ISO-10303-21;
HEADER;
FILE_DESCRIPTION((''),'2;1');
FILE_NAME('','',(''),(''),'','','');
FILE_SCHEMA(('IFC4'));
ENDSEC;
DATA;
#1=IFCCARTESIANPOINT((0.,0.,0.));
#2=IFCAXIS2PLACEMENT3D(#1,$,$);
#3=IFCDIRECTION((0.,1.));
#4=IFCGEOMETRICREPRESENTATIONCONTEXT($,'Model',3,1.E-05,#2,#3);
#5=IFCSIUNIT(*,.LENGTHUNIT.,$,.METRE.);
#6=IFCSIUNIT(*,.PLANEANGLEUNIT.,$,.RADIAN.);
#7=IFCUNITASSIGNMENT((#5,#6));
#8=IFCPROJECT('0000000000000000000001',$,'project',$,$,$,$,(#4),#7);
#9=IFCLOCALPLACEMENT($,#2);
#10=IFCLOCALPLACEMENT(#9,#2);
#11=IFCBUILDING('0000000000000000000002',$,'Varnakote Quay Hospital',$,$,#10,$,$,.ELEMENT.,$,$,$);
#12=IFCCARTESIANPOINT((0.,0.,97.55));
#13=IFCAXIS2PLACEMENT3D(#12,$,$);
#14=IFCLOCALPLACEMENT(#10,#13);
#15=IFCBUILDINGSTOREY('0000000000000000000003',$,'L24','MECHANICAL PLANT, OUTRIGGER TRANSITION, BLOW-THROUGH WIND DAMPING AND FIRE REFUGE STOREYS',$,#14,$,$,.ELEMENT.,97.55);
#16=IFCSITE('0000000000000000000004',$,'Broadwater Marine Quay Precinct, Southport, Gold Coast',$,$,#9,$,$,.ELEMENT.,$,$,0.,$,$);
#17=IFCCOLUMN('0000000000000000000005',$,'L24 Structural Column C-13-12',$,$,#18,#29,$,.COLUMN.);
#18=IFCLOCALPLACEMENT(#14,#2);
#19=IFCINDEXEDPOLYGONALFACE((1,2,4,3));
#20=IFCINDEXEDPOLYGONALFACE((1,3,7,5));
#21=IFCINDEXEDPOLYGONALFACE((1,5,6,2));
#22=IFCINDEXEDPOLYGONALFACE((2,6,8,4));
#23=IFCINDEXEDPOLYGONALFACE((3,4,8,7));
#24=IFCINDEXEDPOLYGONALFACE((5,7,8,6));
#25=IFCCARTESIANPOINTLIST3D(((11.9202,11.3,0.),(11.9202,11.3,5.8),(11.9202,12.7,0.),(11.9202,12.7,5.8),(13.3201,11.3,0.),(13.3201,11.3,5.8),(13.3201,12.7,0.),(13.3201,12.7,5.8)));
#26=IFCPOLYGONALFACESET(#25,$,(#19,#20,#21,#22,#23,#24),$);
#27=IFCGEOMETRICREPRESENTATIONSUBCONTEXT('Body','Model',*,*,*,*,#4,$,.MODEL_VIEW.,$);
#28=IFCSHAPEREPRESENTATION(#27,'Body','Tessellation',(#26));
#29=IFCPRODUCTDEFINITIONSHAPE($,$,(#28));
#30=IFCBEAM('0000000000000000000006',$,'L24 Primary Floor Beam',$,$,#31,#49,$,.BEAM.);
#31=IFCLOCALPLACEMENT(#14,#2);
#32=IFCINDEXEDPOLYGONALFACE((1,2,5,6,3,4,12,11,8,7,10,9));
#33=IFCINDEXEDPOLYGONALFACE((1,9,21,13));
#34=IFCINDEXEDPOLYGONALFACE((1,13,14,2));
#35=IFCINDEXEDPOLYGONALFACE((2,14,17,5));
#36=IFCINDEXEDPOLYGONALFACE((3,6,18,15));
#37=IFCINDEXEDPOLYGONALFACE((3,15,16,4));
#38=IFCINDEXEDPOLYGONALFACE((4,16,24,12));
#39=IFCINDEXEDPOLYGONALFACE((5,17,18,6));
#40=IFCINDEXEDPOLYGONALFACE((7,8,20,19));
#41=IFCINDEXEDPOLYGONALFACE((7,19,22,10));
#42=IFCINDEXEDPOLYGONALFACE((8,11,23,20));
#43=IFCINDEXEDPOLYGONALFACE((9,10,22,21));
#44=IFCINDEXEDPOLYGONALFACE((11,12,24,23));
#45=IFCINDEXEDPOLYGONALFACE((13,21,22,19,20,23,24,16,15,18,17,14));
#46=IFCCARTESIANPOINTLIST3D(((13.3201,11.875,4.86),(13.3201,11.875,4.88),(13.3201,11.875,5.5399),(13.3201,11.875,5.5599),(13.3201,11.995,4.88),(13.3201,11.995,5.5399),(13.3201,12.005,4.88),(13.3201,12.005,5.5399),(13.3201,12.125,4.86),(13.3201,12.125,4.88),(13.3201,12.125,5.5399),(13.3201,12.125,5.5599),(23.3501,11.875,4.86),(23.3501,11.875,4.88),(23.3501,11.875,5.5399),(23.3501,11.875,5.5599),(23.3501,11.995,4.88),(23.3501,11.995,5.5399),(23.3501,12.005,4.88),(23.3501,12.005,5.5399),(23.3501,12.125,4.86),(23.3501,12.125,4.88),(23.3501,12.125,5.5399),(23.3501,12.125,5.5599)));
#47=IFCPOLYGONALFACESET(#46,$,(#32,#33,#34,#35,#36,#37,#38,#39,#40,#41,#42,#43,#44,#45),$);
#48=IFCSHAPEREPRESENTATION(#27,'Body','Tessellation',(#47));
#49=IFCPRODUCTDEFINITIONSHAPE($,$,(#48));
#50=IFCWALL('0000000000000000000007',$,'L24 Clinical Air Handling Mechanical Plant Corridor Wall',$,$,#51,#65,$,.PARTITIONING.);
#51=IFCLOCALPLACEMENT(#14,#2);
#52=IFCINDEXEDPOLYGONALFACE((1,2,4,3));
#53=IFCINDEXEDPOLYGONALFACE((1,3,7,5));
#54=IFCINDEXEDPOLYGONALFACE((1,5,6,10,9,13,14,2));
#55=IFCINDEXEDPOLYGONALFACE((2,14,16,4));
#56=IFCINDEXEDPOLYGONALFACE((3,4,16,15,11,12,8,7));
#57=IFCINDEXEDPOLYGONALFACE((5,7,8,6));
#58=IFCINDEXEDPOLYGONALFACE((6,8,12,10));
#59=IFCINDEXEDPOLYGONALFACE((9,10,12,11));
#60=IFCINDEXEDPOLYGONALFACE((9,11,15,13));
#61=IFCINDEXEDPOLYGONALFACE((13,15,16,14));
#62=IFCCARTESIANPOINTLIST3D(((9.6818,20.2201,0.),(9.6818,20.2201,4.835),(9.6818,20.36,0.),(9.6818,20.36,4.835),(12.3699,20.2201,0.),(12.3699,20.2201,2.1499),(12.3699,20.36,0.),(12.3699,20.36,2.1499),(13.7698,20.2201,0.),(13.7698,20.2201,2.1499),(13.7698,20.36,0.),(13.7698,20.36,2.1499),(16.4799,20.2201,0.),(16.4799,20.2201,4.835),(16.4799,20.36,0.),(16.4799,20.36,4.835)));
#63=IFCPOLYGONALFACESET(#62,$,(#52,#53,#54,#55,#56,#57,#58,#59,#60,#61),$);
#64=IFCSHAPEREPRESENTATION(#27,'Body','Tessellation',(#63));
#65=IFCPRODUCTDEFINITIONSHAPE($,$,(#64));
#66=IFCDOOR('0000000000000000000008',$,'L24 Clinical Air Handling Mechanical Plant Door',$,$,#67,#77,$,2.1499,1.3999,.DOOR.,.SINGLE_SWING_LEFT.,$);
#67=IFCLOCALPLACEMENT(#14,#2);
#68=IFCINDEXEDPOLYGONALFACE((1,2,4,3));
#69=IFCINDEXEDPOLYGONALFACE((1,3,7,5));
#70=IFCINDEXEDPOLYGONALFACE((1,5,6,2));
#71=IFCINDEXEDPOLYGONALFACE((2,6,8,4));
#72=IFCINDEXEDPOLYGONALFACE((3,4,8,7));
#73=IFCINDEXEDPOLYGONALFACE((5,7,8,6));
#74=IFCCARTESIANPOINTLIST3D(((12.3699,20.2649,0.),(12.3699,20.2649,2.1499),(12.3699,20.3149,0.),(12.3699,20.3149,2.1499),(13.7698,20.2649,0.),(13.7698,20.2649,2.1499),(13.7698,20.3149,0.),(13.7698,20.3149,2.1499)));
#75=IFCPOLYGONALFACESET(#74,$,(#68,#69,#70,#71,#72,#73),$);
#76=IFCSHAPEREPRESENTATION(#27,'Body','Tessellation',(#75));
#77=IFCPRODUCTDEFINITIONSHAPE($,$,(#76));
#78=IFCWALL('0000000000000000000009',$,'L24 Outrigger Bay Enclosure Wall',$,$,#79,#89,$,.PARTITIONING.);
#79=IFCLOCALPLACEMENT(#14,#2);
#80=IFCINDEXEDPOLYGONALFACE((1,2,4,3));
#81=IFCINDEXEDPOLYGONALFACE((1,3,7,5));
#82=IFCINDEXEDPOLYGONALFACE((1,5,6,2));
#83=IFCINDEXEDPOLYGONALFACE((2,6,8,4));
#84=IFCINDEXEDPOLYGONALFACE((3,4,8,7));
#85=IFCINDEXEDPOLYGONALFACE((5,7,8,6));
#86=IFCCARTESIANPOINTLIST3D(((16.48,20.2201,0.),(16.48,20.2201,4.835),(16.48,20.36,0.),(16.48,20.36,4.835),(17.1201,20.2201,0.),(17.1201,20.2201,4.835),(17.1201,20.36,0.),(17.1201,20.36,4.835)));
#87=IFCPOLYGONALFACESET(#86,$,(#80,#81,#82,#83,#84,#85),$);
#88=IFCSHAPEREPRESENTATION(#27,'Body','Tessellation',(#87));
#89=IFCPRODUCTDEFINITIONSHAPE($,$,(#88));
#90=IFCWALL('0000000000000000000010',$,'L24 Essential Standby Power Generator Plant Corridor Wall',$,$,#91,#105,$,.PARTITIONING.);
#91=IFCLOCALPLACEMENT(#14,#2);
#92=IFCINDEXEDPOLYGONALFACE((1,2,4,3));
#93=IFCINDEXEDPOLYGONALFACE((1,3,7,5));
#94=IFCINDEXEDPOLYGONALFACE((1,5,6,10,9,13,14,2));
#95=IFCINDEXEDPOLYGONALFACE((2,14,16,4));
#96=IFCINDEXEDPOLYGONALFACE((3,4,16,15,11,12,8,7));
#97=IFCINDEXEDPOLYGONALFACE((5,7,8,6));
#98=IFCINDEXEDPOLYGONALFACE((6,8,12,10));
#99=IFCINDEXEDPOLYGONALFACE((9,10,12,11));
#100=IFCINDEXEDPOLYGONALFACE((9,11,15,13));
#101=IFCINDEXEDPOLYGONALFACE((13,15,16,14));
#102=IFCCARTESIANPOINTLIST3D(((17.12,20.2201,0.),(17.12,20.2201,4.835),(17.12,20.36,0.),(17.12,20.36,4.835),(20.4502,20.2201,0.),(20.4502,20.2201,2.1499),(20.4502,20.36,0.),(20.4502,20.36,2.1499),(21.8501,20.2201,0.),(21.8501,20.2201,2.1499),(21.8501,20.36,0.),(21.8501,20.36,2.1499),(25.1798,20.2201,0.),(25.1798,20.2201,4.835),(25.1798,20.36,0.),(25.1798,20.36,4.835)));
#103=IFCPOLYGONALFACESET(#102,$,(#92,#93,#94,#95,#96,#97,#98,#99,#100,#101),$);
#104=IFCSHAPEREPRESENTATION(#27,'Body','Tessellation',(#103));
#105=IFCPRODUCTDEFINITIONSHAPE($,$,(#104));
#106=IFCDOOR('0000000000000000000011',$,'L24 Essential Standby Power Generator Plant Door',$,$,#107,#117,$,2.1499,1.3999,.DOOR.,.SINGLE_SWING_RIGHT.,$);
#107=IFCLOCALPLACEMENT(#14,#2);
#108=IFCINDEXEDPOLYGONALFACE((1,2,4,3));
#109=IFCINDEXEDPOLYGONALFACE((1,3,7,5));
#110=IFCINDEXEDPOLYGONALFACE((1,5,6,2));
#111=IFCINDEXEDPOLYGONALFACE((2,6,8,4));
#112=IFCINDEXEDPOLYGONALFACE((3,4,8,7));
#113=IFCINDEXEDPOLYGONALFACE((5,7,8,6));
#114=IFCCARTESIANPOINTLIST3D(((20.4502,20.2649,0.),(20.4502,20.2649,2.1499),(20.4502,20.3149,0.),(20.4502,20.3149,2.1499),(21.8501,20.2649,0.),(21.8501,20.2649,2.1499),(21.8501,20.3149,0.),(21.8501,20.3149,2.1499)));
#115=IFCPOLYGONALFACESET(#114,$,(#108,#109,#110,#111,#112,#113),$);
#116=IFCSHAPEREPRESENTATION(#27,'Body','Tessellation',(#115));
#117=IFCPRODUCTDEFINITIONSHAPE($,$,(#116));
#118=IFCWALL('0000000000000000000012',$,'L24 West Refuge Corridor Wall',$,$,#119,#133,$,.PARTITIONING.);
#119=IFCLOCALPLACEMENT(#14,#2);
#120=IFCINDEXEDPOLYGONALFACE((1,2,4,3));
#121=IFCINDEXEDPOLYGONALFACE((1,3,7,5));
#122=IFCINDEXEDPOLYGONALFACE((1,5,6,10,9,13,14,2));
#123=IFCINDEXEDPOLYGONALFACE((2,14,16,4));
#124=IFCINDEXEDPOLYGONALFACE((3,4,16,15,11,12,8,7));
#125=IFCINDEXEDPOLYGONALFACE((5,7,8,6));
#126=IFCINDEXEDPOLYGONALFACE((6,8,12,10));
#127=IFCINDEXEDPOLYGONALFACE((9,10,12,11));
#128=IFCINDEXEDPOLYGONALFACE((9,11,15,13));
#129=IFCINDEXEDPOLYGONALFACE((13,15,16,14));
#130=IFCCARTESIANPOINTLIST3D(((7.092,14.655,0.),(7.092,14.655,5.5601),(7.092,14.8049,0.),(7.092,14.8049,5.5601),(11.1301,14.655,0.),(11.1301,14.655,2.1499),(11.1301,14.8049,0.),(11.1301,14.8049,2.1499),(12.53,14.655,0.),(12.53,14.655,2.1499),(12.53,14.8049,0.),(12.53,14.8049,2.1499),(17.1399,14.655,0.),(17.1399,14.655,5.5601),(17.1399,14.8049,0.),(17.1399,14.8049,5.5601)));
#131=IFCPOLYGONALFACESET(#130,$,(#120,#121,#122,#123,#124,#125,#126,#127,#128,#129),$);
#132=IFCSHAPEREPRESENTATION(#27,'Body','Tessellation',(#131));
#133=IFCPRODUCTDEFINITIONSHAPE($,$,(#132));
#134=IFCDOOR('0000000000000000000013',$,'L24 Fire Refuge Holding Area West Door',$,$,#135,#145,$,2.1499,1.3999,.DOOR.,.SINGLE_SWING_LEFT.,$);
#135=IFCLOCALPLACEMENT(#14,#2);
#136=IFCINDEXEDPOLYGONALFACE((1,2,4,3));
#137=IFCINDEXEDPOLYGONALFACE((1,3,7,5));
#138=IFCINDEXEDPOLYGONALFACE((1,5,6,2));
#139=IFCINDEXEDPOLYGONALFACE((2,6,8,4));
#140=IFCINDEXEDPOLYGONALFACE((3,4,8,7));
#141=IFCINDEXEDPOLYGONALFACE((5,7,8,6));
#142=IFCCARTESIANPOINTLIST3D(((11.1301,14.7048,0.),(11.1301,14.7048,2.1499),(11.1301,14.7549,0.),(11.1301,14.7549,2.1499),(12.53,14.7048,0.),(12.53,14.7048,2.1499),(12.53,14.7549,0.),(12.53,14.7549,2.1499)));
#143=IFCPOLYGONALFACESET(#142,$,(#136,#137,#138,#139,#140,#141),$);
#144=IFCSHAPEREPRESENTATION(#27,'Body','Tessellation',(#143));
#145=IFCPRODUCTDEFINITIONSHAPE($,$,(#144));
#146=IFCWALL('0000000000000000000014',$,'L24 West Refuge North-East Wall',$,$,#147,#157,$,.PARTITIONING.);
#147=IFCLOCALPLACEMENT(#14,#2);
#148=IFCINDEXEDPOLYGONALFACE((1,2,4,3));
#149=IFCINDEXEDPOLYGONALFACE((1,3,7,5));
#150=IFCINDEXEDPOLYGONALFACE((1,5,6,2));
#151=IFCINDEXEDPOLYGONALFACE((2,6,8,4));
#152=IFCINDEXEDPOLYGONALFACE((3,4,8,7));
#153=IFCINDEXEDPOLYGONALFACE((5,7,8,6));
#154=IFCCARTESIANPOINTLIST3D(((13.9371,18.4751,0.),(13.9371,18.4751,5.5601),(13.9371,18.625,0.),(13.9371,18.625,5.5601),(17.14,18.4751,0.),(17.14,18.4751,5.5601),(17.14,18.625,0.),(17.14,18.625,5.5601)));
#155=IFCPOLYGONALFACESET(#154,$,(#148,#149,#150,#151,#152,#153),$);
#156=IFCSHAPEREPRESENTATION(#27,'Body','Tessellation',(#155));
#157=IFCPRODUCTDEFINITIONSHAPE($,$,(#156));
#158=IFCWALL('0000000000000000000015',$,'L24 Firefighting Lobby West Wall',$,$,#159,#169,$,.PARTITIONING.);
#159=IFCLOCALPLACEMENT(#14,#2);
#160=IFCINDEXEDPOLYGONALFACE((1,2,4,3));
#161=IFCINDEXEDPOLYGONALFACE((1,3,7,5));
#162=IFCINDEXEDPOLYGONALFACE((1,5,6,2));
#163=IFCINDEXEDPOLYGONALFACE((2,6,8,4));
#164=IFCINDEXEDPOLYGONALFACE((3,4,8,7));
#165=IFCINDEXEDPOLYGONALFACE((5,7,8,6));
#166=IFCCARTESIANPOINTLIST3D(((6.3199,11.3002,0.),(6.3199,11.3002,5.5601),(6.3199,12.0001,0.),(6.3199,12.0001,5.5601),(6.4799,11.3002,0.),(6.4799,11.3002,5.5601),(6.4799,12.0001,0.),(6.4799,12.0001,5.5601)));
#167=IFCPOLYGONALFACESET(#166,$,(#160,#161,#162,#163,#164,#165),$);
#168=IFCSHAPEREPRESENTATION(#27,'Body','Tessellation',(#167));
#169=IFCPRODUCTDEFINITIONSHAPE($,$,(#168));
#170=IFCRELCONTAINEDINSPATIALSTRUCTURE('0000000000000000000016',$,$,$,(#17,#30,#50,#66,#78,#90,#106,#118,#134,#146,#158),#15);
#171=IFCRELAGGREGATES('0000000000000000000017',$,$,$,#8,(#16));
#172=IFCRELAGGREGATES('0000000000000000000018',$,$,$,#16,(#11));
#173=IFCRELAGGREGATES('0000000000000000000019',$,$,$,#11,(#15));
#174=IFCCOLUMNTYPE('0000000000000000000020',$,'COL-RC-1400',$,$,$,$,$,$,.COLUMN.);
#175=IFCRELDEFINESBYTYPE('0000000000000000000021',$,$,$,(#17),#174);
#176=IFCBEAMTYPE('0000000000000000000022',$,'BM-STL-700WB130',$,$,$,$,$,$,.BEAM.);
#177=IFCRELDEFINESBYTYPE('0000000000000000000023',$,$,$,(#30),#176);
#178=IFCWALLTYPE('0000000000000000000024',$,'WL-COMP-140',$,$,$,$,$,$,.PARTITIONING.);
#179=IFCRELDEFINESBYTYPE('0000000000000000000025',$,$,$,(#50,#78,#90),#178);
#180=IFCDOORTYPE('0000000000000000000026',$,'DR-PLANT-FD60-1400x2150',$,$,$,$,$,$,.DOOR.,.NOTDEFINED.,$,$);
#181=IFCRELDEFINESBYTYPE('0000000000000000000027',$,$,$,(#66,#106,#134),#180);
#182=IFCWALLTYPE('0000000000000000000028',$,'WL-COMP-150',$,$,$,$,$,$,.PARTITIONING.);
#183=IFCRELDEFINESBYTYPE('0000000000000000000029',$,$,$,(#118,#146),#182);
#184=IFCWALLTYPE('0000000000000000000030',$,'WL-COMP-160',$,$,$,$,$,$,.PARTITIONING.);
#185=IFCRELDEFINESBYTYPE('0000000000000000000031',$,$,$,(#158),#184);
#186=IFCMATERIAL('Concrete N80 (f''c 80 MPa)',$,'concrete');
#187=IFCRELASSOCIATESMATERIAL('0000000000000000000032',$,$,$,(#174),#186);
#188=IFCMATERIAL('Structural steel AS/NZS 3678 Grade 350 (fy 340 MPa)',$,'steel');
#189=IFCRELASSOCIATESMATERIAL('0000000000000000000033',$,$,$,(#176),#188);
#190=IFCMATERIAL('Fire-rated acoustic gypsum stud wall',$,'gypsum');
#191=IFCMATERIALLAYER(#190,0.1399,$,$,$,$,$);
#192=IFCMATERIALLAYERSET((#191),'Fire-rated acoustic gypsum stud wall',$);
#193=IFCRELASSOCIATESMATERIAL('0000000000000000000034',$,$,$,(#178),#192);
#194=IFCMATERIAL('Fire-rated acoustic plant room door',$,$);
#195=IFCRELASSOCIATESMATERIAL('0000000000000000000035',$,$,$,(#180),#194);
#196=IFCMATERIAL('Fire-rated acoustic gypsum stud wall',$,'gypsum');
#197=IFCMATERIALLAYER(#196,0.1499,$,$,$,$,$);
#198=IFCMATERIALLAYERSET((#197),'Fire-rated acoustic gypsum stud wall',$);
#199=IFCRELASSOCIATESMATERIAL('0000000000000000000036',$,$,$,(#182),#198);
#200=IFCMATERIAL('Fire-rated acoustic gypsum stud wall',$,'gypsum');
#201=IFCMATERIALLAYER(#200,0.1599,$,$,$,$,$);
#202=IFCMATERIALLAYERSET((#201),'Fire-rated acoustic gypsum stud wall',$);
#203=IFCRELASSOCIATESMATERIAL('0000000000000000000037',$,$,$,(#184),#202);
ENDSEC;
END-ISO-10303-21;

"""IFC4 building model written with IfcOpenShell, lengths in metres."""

from ifc_helpers import new_model, si_unit, direction, frame, frame_2d, origin, origin_2d, place, context, subcontext, project, spatial, rectangle, i_section, extrude, material, layer, layer_set, material_profile, profile_set, type_object, element, fill, save


model = new_model("IFC4")

# Units and contexts
model_context = context("Model", 3, precision=1e-05, world=origin(), true_north=direction((0.0, 1.0)))
body_context = subcontext(model_context, "Body", "Model", "MODEL_VIEW")
ifc_project = project(units=[si_unit("LENGTHUNIT", "METRE"), si_unit("PLANEANGLEUNIT", "RADIAN")], contexts=[model_context])

# Site, building, storey
site_placement = place(None, origin())
site = spatial("IfcSite", under=ifc_project, at=site_placement, Name="Broadwater Marine Quay Precinct, Southport, Gold Coast", CompositionType="ELEMENT", RefElevation=0.0)
building_placement = place(site_placement, origin())
building = spatial("IfcBuilding", under=site, at=building_placement, Name="Varnakote Quay Hospital", CompositionType="ELEMENT")
storey_placement = place(building_placement, frame((0.0, 0.0, 97.55)))
storey = spatial("IfcBuildingStorey", under=building, at=storey_placement, Name="L24", Description="MECHANICAL PLANT, OUTRIGGER TRANSITION, BLOW-THROUGH WIND DAMPING AND FIRE REFUGE STOREYS", CompositionType="ELEMENT", Elevation=97.55)

# Column
ifc_material_1 = material(Name="Concrete N80 (f'c 80 MPa)", Category="concrete")
ifc_material_profile_1 = material_profile(ifc_material_1, rectangle(XDim=1.3999, YDim=1.3999, at=origin_2d()), Name="RC-COL-1400x1400")
ifc_profile_set_1 = profile_set([ifc_material_profile_1], Name="Concrete N80 (f'c 80 MPa)")
column_type = type_object("IfcColumnType", Name="COL-RC-1400", PredefinedType="COLUMN", material=ifc_profile_set_1)
column_placement = place(storey_placement, frame((12.6201, 12.0, 0.0), z_axis=(0.0, 0.0, 1.0), x_axis=(1.0, 0.0, 0.0)))
element("IfcColumn", 1, at=column_placement, inside=storey, type_object=column_type, Name="L24 Structural Column C-13-12", PredefinedType="COLUMN", context=body_context, shape_type="SweptSolid", body=[
    extrude(rectangle(XDim=1.3999, YDim=1.3999, at=origin_2d()), origin(), (0.0, 0.0, 1.0), 5.8),
])

# Beam
ifc_material_2 = material(Name="Structural steel AS/NZS 3678 Grade 350 (fy 340 MPa)", Category="steel")
ifc_material_profile_2 = material_profile(ifc_material_2, i_section(OverallWidth=0.25, OverallDepth=0.7, WebThickness=0.01, FlangeThickness=0.02, at=origin_2d()), Name="700WB130")
ifc_profile_set_2 = profile_set([ifc_material_profile_2], Name="Structural steel AS/NZS 3678 Grade 350 (fy 340 MPa)")
beam_type = type_object("IfcBeamType", Name="BM-STL-700WB130", PredefinedType="BEAM", material=ifc_profile_set_2)
beam_placement = place(storey_placement, frame((13.3201, 12.0, 5.21), z_axis=(1.0, 0.0, 0.0), x_axis=(0.0, 1.0, 0.0)))
element("IfcBeam", 2, at=beam_placement, inside=storey, type_object=beam_type, Name="L24 Primary Floor Beam", PredefinedType="BEAM", context=body_context, shape_type="SweptSolid", body=[
    extrude(i_section(OverallWidth=0.25, OverallDepth=0.7, WebThickness=0.01, FlangeThickness=0.02, at=origin_2d()), origin(), (0.0, 0.0, 1.0), 10.03),
])

# Wall, opening, door
ifc_material_3 = material(Name="Fire-rated acoustic gypsum stud wall", Category="gypsum")
ifc_layer_1 = layer(ifc_material_3, 0.1399)
ifc_layer_set_1 = layer_set([ifc_layer_1], Name="Fire-rated acoustic gypsum stud wall")
wall_type_1 = type_object("IfcWallType", Name="WL-COMP-140", PredefinedType="PARTITIONING", material=ifc_layer_set_1)
wall_1_placement = place(storey_placement, frame((9.6819, 20.29, 0.0), z_axis=(0.0, 0.0, 1.0), x_axis=(1.0, 0.0, 0.0)))
wall_1 = element("IfcWall", 3, at=wall_1_placement, inside=storey, type_object=wall_type_1, Name="L24 Clinical Air Handling Mechanical Plant Corridor Wall", PredefinedType="PARTITIONING", context=body_context, shape_type="SweptSolid", body=[
    extrude(rectangle(XDim=6.7981, YDim=0.1399, at=frame_2d((3.3989, 0.0))), origin(), (0.0, 0.0, 1.0), 4.835),
])
opening_1_placement = place(wall_1_placement, frame((2.688, 0.0, 0.0)))
opening_1 = element("IfcOpeningElement", 4, at=opening_1_placement, cuts=wall_1, PredefinedType="OPENING", context=body_context, shape_type="SweptSolid", body=[
    extrude(rectangle(XDim=1.3999, YDim=2.1499, at=frame_2d((0.7, 1.075))), frame((0.0, 0.0798, 0.0), z_axis=(0.0, -1.0, 0.0), x_axis=(1.0, 0.0, 0.0)), (0.0, 0.0, 1.0), 0.1599),
])
ifc_material_4 = material(Name="Fire-rated acoustic plant room door")
door_type_1 = type_object("IfcDoorType", Name="DR-PLANT-FD60-1400x2150", OperationType="NOTDEFINED", PredefinedType="DOOR", material=ifc_material_4)
door_1_placement = place(opening_1_placement, origin())
door_1 = element("IfcDoor", 5, at=door_1_placement, inside=storey, type_object=door_type_1, Name="L24 Clinical Air Handling Mechanical Plant Door", OperationType="SINGLE_SWING_LEFT", OverallHeight=2.1499, OverallWidth=1.3999, PredefinedType="DOOR", context=body_context, shape_type="SweptSolid", body=[
    extrude(rectangle(XDim=1.3999, YDim=2.1499, at=frame_2d((0.7, 1.075))), frame((0.0, 0.0249, 0.0), z_axis=(0.0, -1.0, 0.0), x_axis=(1.0, 0.0, 0.0)), (0.0, 0.0, 1.0), 0.05),
])
fill(opening_1, door_1)

# Wall
wall_2_placement = place(storey_placement, frame((16.48, 20.29, 0.0), z_axis=(0.0, 0.0, 1.0), x_axis=(1.0, 0.0, 0.0)))
element("IfcWall", 6, at=wall_2_placement, inside=storey, type_object=wall_type_1, Name="L24 Outrigger Bay Enclosure Wall", PredefinedType="PARTITIONING", context=body_context, shape_type="SweptSolid", body=[
    extrude(rectangle(XDim=0.6401, YDim=0.1399, at=frame_2d((0.3201, 0.0))), origin(), (0.0, 0.0, 1.0), 4.835),
])

# Walls, openings, doors
wall_3_placement = place(storey_placement, frame((17.1201, 20.29, 0.0), z_axis=(0.0, 0.0, 1.0), x_axis=(1.0, 0.0, 0.0)))
wall_3 = element("IfcWall", 7, at=wall_3_placement, inside=storey, type_object=wall_type_1, Name="L24 Essential Standby Power Generator Plant Corridor Wall", PredefinedType="PARTITIONING", context=body_context, shape_type="SweptSolid", body=[
    extrude(rectangle(XDim=8.0598, YDim=0.1399, at=frame_2d((4.0298, 0.0))), origin(), (0.0, 0.0, 1.0), 4.835),
])
opening_2_placement = place(wall_3_placement, frame((3.3301, 0.0, 0.0)))
opening_2 = element("IfcOpeningElement", 8, at=opening_2_placement, cuts=wall_3, PredefinedType="OPENING", context=body_context, shape_type="SweptSolid", body=[
    extrude(rectangle(XDim=1.3999, YDim=2.1499, at=frame_2d((0.7, 1.075))), frame((0.0, 0.0798, 0.0), z_axis=(0.0, -1.0, 0.0), x_axis=(1.0, 0.0, 0.0)), (0.0, 0.0, 1.0), 0.1599),
])
door_2_placement = place(opening_2_placement, origin())
door_2 = element("IfcDoor", 9, at=door_2_placement, inside=storey, type_object=door_type_1, Name="L24 Essential Standby Power Generator Plant Door", OperationType="SINGLE_SWING_RIGHT", OverallHeight=2.1499, OverallWidth=1.3999, PredefinedType="DOOR", context=body_context, shape_type="SweptSolid", body=[
    extrude(rectangle(XDim=1.3999, YDim=2.1499, at=frame_2d((0.7, 1.075))), frame((0.0, 0.0249, 0.0), z_axis=(0.0, -1.0, 0.0), x_axis=(1.0, 0.0, 0.0)), (0.0, 0.0, 1.0), 0.05),
])
fill(opening_2, door_2)
ifc_material_5 = material(Name="Fire-rated acoustic gypsum stud wall", Category="gypsum")
ifc_layer_2 = layer(ifc_material_5, 0.1499)
ifc_layer_set_2 = layer_set([ifc_layer_2], Name="Fire-rated acoustic gypsum stud wall")
wall_type_2 = type_object("IfcWallType", Name="WL-COMP-150", PredefinedType="PARTITIONING", material=ifc_layer_set_2)
wall_4_placement = place(storey_placement, frame((7.092, 14.73, 0.0), z_axis=(0.0, 0.0, 1.0), x_axis=(1.0, 0.0, 0.0)))
wall_4 = element("IfcWall", 10, at=wall_4_placement, inside=storey, type_object=wall_type_2, Name="L24 West Refuge Corridor Wall", PredefinedType="PARTITIONING", context=body_context, shape_type="SweptSolid", body=[
    extrude(rectangle(XDim=10.0479, YDim=0.1499, at=frame_2d((5.0239, 0.0))), origin(), (0.0, 0.0, 1.0), 5.5601),
])
opening_3_placement = place(wall_4_placement, frame((4.0381, 0.0, 0.0)))
opening_3 = element("IfcOpeningElement", 11, at=opening_3_placement, cuts=wall_4, PredefinedType="OPENING", context=body_context, shape_type="SweptSolid", body=[
    extrude(rectangle(XDim=1.3999, YDim=2.1499, at=frame_2d((0.7, 1.075))), frame((0.0, 0.085, 0.0), z_axis=(0.0, -1.0, 0.0), x_axis=(1.0, 0.0, 0.0)), (0.0, 0.0, 1.0), 0.1699),
])
door_3_placement = place(opening_3_placement, origin())
door_3 = element("IfcDoor", 12, at=door_3_placement, inside=storey, type_object=door_type_1, Name="L24 Fire Refuge Holding Area West Door", OperationType="SINGLE_SWING_LEFT", OverallHeight=2.1499, OverallWidth=1.3999, PredefinedType="DOOR", context=body_context, shape_type="SweptSolid", body=[
    extrude(rectangle(XDim=1.3999, YDim=2.1499, at=frame_2d((0.7, 1.075))), frame((0.0, 0.0249, 0.0), z_axis=(0.0, -1.0, 0.0), x_axis=(1.0, 0.0, 0.0)), (0.0, 0.0, 1.0), 0.05),
])
fill(opening_3, door_3)

# Walls
wall_5_placement = place(storey_placement, frame((13.937, 18.55, 0.0), z_axis=(0.0, 0.0, 1.0), x_axis=(1.0, 0.0, 0.0)))
element("IfcWall", 13, at=wall_5_placement, inside=storey, type_object=wall_type_2, Name="L24 West Refuge North-East Wall", PredefinedType="PARTITIONING", context=body_context, shape_type="SweptSolid", body=[
    extrude(rectangle(XDim=3.2029, YDim=0.1499, at=frame_2d((1.6016, 0.0))), origin(), (0.0, 0.0, 1.0), 5.5601),
])
ifc_material_6 = material(Name="Fire-rated acoustic gypsum stud wall", Category="gypsum")
ifc_layer_3 = layer(ifc_material_6, 0.1599)
ifc_layer_set_3 = layer_set([ifc_layer_3], Name="Fire-rated acoustic gypsum stud wall")
wall_type_3 = type_object("IfcWallType", Name="WL-COMP-160", PredefinedType="PARTITIONING", material=ifc_layer_set_3)
wall_6_placement = place(storey_placement, frame((6.3999, 11.3, 0.0), z_axis=(0.0, 0.0, 1.0), x_axis=(0.0, 1.0, 0.0)))
element("IfcWall", 14, at=wall_6_placement, inside=storey, type_object=wall_type_3, Name="L24 Firefighting Lobby West Wall", PredefinedType="PARTITIONING", context=body_context, shape_type="SweptSolid", body=[
    extrude(rectangle(XDim=0.7, YDim=0.1599, at=frame_2d((0.3501, 0.0))), origin(), (0.0, 0.0, 1.0), 5.5601),
])

save(model, "model.ifc")
